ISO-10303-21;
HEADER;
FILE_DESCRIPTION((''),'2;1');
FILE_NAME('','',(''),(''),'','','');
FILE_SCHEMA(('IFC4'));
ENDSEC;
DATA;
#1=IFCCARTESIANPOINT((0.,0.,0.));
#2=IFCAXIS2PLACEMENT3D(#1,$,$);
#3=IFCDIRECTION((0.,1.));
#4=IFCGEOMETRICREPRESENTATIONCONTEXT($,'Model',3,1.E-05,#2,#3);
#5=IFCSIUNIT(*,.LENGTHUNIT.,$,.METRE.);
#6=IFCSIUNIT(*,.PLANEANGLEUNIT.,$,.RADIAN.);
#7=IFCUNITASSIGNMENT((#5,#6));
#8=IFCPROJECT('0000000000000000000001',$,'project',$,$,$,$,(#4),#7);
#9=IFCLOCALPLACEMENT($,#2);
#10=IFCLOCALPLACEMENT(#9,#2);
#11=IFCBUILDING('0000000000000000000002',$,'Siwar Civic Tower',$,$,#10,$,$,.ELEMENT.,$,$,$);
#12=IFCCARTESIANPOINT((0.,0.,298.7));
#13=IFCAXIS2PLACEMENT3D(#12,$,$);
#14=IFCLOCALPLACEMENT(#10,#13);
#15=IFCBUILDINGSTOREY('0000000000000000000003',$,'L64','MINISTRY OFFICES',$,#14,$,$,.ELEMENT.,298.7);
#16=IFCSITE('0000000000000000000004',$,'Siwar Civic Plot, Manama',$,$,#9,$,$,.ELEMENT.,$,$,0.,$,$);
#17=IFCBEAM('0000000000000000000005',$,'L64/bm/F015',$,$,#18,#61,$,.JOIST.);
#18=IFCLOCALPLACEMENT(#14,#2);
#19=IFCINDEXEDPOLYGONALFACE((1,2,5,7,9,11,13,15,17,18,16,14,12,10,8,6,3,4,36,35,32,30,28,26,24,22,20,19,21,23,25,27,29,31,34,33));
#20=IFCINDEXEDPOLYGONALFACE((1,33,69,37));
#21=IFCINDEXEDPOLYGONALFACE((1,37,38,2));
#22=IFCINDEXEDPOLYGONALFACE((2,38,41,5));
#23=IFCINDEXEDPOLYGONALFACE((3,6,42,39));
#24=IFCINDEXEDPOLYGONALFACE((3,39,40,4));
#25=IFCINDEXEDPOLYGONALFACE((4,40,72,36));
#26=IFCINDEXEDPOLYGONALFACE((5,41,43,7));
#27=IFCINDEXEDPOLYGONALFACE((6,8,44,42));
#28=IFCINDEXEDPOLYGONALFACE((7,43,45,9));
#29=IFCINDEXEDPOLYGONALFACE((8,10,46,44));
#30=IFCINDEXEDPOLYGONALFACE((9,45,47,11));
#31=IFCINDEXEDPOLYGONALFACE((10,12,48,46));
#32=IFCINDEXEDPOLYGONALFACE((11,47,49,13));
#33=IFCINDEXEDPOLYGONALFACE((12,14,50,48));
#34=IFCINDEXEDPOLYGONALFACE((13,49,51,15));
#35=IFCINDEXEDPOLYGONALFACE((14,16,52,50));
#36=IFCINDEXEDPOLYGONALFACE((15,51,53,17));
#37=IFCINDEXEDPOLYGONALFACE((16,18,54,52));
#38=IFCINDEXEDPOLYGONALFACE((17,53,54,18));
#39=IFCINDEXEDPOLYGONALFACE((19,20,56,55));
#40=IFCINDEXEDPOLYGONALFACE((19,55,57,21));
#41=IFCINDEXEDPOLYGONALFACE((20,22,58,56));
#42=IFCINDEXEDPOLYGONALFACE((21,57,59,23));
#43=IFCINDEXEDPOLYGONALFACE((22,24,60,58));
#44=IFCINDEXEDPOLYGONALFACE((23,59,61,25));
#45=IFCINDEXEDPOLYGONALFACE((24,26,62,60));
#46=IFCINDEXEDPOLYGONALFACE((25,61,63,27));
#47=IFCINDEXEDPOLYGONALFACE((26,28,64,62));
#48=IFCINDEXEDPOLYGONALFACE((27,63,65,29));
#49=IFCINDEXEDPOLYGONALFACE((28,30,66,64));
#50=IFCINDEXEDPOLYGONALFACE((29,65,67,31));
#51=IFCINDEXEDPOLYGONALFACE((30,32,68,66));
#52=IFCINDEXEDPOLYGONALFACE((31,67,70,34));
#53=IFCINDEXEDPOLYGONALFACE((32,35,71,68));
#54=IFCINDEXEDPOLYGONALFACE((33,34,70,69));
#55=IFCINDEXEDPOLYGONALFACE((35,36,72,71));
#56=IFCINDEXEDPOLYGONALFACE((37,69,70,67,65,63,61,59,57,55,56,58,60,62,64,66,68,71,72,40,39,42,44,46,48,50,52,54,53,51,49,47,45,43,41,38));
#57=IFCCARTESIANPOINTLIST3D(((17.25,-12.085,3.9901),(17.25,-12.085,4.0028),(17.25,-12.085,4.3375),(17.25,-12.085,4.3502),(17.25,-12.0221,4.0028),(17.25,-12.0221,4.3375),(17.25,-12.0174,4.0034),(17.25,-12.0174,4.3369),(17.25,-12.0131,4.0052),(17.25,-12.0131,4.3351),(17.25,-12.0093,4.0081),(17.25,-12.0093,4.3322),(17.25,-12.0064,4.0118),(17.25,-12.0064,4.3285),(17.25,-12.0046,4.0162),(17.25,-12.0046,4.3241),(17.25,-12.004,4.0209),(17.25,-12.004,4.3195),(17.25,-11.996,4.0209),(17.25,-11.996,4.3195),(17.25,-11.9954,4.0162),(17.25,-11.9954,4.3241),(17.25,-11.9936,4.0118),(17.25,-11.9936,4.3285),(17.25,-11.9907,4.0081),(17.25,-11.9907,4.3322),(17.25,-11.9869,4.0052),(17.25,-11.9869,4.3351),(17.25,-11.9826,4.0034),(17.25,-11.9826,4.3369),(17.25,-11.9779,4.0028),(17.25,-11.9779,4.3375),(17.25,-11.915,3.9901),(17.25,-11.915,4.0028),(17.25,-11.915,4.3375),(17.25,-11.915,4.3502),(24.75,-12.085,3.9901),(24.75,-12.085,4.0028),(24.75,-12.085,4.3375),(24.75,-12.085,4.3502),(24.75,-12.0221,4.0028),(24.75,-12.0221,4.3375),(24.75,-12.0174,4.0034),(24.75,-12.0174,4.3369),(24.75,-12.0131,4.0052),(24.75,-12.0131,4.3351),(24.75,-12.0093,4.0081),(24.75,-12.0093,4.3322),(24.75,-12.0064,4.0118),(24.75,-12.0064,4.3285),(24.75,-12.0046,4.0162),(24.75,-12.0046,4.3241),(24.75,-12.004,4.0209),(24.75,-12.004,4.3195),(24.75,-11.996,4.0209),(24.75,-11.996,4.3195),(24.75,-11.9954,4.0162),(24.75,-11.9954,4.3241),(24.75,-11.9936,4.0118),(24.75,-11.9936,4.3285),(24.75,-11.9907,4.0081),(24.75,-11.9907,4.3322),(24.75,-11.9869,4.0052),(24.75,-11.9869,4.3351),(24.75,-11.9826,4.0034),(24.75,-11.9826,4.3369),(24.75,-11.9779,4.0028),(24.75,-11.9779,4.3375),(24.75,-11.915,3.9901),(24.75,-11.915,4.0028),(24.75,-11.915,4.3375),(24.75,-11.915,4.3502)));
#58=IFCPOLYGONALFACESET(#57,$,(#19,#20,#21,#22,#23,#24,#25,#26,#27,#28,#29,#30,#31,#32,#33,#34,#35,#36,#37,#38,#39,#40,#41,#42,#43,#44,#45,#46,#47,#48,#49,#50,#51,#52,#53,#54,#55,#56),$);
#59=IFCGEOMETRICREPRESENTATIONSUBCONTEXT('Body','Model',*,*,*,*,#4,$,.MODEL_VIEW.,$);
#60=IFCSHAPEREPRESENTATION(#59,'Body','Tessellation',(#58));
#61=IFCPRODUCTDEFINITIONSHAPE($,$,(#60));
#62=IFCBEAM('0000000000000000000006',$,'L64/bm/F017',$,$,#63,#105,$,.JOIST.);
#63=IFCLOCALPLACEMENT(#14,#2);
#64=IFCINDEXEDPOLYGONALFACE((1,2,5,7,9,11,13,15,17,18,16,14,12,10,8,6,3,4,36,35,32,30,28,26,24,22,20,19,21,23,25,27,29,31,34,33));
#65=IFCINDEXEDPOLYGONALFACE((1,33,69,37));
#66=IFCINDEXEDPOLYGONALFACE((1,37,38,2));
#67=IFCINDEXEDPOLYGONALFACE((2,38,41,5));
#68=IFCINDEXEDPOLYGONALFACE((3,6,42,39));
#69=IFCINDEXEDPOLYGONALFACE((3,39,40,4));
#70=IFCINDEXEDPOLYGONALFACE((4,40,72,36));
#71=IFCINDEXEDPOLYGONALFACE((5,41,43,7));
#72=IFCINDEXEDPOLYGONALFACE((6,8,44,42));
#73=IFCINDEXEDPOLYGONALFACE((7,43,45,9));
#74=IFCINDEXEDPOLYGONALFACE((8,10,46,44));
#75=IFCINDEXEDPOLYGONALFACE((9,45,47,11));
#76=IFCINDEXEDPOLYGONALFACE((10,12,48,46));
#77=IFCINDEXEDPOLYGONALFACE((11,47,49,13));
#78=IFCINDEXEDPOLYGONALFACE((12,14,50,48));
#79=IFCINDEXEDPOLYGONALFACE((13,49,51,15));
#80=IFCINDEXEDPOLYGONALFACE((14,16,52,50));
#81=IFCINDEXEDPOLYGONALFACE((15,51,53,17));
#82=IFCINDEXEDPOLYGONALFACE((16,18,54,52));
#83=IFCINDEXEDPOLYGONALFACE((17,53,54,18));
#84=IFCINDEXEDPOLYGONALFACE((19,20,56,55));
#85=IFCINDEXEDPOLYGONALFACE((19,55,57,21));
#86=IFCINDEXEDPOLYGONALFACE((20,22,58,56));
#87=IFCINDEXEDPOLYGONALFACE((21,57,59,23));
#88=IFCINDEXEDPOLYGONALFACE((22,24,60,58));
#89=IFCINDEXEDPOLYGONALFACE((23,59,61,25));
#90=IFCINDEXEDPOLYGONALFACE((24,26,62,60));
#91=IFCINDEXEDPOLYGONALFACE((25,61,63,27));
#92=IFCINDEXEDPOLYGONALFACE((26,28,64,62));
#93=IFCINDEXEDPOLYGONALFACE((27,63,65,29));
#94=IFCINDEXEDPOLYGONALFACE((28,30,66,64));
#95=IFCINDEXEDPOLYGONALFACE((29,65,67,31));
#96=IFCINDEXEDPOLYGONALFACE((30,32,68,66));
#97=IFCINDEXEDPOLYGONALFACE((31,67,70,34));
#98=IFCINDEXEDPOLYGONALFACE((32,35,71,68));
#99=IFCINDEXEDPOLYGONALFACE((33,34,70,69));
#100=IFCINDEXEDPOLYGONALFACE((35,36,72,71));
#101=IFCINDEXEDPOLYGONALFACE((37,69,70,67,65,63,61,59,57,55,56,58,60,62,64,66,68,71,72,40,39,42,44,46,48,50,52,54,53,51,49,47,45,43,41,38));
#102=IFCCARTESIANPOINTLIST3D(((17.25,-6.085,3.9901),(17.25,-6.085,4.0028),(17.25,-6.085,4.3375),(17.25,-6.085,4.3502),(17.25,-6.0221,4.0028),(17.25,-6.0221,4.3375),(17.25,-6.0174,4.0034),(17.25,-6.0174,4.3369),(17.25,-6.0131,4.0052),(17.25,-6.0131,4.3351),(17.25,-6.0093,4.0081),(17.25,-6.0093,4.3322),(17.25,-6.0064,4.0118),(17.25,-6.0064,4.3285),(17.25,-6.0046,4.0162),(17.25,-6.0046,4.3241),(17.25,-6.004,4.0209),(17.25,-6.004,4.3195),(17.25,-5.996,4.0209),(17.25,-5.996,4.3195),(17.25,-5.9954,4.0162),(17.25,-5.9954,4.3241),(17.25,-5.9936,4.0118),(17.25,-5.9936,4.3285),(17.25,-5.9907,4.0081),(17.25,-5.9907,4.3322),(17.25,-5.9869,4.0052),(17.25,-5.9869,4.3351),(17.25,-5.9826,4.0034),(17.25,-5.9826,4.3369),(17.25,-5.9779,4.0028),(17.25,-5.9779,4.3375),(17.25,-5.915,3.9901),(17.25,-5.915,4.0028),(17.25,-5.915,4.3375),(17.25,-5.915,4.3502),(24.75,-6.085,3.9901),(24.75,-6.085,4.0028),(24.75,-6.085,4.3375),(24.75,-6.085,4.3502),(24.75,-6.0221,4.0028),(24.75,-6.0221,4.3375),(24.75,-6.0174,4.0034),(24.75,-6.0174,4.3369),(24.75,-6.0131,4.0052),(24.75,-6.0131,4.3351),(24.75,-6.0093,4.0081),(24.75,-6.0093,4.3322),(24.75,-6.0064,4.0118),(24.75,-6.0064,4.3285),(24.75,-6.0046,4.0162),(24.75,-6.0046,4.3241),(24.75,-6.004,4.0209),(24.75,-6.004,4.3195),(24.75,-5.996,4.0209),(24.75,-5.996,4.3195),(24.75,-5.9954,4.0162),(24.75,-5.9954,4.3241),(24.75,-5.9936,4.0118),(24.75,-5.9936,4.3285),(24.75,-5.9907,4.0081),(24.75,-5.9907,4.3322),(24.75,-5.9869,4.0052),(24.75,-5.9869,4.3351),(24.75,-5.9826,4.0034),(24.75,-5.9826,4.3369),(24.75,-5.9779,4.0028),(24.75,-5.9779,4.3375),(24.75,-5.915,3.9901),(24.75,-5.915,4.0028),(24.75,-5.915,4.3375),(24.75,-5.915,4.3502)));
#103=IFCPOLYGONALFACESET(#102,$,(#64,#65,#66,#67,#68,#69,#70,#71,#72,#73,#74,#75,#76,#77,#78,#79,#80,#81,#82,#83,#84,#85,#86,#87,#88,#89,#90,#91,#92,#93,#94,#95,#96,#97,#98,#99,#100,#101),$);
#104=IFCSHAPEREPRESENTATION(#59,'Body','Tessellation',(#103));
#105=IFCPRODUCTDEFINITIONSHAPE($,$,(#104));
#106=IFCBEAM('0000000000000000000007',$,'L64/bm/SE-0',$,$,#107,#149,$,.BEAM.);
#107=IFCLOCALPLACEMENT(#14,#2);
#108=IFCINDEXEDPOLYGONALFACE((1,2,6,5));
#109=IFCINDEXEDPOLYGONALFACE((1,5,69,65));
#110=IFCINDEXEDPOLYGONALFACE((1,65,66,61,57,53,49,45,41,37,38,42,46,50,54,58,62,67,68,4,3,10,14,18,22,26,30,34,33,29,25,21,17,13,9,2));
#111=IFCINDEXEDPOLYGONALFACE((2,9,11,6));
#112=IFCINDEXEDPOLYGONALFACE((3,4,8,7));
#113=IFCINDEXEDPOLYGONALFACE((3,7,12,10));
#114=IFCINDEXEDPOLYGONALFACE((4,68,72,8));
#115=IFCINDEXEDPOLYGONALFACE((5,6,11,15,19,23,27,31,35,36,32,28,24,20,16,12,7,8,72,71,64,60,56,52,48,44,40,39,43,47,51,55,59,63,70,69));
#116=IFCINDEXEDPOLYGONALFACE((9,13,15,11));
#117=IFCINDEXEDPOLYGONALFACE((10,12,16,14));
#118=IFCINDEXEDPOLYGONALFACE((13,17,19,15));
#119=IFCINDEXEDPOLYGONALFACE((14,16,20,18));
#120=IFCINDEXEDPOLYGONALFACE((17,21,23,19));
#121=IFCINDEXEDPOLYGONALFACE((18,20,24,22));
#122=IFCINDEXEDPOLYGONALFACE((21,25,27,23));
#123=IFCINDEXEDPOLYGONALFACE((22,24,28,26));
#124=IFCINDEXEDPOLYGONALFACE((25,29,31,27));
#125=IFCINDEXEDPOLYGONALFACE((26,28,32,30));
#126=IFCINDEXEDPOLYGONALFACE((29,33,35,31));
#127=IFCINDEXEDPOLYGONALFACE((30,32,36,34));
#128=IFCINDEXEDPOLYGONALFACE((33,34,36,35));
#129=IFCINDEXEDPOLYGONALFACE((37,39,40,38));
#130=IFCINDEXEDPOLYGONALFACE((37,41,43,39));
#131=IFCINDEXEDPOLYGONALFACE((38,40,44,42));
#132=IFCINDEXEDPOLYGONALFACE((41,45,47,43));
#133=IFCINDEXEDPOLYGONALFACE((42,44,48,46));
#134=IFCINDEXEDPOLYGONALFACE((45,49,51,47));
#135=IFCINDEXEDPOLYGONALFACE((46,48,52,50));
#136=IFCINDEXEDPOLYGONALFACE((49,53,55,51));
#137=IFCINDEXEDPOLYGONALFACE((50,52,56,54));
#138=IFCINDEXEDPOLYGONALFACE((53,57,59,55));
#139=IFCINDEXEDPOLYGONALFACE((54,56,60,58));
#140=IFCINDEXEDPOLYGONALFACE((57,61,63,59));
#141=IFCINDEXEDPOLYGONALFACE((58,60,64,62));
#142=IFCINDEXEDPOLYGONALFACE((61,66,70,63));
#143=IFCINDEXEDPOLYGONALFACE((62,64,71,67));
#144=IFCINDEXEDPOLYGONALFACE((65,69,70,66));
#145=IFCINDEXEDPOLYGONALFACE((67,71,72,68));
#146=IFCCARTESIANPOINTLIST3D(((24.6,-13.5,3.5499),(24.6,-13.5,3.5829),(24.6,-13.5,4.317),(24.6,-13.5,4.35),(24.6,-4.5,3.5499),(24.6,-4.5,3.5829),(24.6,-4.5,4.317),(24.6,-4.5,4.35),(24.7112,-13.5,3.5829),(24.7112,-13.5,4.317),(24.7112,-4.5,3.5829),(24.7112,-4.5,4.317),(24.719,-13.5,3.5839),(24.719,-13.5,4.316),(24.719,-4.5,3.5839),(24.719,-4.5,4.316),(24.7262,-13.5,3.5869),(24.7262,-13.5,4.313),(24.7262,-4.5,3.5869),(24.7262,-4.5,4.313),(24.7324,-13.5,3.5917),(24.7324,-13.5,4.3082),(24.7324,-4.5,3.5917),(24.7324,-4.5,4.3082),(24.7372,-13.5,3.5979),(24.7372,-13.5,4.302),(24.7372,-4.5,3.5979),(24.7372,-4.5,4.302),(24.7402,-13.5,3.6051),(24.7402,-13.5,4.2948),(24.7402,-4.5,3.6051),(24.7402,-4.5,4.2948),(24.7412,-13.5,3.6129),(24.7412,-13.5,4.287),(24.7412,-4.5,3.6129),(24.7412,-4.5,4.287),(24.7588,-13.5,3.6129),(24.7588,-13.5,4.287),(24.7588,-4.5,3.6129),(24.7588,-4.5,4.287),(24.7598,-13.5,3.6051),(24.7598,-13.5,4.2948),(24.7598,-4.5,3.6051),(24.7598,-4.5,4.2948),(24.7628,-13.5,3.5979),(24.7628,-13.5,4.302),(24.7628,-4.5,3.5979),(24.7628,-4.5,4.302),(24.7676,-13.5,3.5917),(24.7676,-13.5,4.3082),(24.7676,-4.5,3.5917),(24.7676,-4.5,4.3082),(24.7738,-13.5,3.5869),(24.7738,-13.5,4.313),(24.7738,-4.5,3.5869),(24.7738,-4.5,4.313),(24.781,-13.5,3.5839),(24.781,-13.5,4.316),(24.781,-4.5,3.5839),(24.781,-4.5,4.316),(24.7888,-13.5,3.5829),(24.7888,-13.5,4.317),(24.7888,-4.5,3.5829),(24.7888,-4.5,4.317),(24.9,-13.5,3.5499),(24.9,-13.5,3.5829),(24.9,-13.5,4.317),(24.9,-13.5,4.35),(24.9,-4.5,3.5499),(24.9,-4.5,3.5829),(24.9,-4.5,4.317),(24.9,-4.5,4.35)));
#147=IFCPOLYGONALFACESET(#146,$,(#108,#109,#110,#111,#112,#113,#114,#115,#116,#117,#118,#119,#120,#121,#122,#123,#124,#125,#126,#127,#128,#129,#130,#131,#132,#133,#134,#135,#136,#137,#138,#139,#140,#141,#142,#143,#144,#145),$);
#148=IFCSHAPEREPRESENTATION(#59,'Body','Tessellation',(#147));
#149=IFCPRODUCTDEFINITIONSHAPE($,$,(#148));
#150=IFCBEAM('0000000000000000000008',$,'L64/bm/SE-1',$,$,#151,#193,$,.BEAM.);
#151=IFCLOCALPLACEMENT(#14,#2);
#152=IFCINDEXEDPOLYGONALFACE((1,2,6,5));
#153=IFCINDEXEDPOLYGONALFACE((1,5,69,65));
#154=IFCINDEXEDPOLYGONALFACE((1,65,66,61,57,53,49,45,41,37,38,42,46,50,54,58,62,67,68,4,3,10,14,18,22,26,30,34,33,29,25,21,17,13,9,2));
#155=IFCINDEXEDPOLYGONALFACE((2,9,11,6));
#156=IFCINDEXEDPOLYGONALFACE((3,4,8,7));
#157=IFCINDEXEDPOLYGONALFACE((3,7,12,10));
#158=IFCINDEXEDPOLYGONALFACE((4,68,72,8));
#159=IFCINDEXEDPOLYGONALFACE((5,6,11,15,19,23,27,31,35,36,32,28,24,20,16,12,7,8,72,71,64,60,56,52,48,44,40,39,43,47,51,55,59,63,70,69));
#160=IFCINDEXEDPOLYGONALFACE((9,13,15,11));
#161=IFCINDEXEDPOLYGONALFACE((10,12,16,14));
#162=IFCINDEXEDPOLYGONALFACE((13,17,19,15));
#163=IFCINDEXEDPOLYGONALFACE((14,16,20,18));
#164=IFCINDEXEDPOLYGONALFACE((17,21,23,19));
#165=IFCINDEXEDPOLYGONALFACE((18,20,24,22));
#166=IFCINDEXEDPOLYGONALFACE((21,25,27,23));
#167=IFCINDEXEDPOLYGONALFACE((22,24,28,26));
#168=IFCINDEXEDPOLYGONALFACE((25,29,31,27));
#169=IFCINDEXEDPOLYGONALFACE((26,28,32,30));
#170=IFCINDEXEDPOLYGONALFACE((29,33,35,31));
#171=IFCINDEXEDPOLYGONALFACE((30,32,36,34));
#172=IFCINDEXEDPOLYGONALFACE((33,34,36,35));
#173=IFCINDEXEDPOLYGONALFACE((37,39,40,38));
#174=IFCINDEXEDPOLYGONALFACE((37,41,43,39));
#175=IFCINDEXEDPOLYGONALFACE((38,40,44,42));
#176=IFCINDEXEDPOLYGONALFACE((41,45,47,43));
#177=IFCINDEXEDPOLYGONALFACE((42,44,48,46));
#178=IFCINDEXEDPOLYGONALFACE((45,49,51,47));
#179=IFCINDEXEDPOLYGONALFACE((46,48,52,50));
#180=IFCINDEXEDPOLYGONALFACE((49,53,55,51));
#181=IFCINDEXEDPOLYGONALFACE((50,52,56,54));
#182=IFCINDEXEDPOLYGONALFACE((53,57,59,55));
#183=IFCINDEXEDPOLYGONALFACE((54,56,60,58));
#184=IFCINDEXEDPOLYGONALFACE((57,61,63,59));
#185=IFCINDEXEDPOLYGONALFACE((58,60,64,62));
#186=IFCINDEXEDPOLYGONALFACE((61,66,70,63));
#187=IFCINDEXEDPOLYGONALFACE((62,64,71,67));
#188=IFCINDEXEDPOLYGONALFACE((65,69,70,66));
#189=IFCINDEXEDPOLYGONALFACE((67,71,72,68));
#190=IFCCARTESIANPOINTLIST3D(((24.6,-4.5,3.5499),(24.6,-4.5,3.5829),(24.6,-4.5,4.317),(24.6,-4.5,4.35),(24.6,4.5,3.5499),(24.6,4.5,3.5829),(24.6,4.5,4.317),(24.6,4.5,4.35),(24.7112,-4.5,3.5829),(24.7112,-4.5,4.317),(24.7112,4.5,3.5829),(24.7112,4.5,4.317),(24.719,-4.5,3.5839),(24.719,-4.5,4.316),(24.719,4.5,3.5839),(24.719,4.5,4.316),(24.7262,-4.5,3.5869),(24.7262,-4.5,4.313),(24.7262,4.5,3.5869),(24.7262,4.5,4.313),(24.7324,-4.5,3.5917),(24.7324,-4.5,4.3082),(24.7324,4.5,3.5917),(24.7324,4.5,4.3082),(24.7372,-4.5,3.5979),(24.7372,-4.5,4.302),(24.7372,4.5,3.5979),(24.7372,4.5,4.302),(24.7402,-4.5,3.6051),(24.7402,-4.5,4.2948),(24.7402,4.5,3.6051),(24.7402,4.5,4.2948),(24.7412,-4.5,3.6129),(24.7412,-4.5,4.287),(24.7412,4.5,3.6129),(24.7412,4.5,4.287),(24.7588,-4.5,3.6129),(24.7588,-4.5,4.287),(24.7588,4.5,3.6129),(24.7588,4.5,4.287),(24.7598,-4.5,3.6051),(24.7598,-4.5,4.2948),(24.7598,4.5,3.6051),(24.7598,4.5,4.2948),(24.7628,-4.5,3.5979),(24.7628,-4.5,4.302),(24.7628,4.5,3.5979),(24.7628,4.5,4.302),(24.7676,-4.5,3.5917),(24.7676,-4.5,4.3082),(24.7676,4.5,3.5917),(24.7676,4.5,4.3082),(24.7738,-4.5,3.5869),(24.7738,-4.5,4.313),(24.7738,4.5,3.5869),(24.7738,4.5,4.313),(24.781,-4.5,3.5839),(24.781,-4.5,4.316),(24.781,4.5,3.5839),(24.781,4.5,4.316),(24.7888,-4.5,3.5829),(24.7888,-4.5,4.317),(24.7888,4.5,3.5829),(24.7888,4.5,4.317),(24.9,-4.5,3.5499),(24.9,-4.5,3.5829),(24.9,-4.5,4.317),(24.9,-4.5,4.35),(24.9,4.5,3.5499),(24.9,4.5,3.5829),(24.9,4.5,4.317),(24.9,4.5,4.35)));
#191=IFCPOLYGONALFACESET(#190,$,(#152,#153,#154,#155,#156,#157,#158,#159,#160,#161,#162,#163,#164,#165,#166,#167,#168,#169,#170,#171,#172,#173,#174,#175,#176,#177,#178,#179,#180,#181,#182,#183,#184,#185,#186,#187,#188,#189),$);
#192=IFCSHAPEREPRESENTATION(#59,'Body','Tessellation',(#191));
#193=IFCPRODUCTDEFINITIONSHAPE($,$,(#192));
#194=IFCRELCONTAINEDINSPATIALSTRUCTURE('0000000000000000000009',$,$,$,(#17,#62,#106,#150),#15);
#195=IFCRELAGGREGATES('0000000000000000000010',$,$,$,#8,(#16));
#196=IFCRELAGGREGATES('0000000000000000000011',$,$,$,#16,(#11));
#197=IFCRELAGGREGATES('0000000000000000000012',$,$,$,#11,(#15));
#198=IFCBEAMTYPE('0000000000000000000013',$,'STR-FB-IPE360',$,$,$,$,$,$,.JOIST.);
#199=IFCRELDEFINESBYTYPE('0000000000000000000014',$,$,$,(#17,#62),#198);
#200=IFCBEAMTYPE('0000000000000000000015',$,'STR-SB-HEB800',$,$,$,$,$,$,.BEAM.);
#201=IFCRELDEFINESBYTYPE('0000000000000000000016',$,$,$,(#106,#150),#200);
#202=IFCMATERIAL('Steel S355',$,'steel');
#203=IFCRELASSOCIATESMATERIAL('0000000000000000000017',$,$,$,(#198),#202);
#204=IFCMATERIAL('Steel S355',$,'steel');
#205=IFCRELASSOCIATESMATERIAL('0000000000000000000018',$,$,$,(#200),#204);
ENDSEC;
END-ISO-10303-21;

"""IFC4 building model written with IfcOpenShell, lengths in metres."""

from ifc_helpers import new_model, si_unit, direction, frame, origin, origin_2d, place, context, subcontext, project, spatial, i_section, extrude, material, material_profile, profile_set, type_object, element, save


model = new_model("IFC4")

# Units and contexts
model_context = context("Model", 3, precision=1e-05, world=origin(), true_north=direction((0.0, 1.0)))
body_context = subcontext(model_context, "Body", "Model", "MODEL_VIEW")
ifc_project = project(units=[si_unit("LENGTHUNIT", "METRE"), si_unit("PLANEANGLEUNIT", "RADIAN")], contexts=[model_context])

# Site, building, storey
site_placement = place(None, origin())
site = spatial("IfcSite", under=ifc_project, at=site_placement, Name="Siwar Civic Plot, Manama", CompositionType="ELEMENT", RefElevation=0.0)
building_placement = place(site_placement, origin())
building = spatial("IfcBuilding", under=site, at=building_placement, Name="Siwar Civic Tower", CompositionType="ELEMENT")
storey_placement = place(building_placement, frame((0.0, 0.0, 298.7)))
storey = spatial("IfcBuildingStorey", under=building, at=storey_placement, Name="L64", Description="MINISTRY OFFICES", CompositionType="ELEMENT", Elevation=298.7)

# Beams
ifc_material_1 = material(Name="Steel S355", Category="steel")
ifc_material_profile_1 = material_profile(ifc_material_1, i_section(OverallWidth=0.1699, OverallDepth=0.3601, WebThickness=0.0081, FlangeThickness=0.0127, FilletRadius=0.0181, at=origin_2d()), Name="IPE360")
ifc_profile_set_1 = profile_set([ifc_material_profile_1], Name="Steel S355")
beam_type_1 = type_object("IfcBeamType", Name="STR-FB-IPE360", PredefinedType="JOIST", material=ifc_profile_set_1)
for number, where, z_axis, x_axis, name in (
    (1, (17.25, -12.0, 4.1702), (1.0, 0.0, 0.0), (0.0, 1.0, 0.0), "L64/bm/F015"),
    (2, (17.25, -6.0, 4.1702), (1.0, 0.0, 0.0), (0.0, 1.0, 0.0), "L64/bm/F017"),
):
    element("IfcBeam", number, at=place(storey_placement, frame(where, z_axis=z_axis, x_axis=x_axis)), inside=storey, type_object=beam_type_1, Name=name, PredefinedType="JOIST", context=body_context, shape_type="SweptSolid", body=[
        extrude(i_section(OverallWidth=0.1699, OverallDepth=0.3601, WebThickness=0.0081, FlangeThickness=0.0127, FilletRadius=0.0181, at=origin_2d()), origin(), (0.0, 0.0, 1.0), 7.5),
    ])
ifc_material_2 = material(Name="Steel S355", Category="steel")
ifc_material_profile_2 = material_profile(ifc_material_2, i_section(OverallWidth=0.3, OverallDepth=0.8, WebThickness=0.0176, FlangeThickness=0.033, FilletRadius=0.03, at=origin_2d()), Name="HEB800")
ifc_profile_set_2 = profile_set([ifc_material_profile_2], Name="Steel S355")
beam_type_2 = type_object("IfcBeamType", Name="STR-SB-HEB800", PredefinedType="BEAM", material=ifc_profile_set_2)
for number, where, z_axis, x_axis, name in (
    (3, (24.75, -13.5, 3.95), (0.0, 1.0, 0.0), (-1.0, 0.0, 0.0), "L64/bm/SE-0"),
    (4, (24.75, -4.5, 3.95), (0.0, 1.0, 0.0), (-1.0, 0.0, 0.0), "L64/bm/SE-1"),
):
    element("IfcBeam", number, at=place(storey_placement, frame(where, z_axis=z_axis, x_axis=x_axis)), inside=storey, type_object=beam_type_2, Name=name, PredefinedType="BEAM", context=body_context, shape_type="SweptSolid", body=[
        extrude(i_section(OverallWidth=0.3, OverallDepth=0.8, WebThickness=0.0176, FlangeThickness=0.033, FilletRadius=0.03, at=origin_2d()), origin(), (0.0, 0.0, 1.0), 9.0),
    ])

save(model, "model.ifc")
